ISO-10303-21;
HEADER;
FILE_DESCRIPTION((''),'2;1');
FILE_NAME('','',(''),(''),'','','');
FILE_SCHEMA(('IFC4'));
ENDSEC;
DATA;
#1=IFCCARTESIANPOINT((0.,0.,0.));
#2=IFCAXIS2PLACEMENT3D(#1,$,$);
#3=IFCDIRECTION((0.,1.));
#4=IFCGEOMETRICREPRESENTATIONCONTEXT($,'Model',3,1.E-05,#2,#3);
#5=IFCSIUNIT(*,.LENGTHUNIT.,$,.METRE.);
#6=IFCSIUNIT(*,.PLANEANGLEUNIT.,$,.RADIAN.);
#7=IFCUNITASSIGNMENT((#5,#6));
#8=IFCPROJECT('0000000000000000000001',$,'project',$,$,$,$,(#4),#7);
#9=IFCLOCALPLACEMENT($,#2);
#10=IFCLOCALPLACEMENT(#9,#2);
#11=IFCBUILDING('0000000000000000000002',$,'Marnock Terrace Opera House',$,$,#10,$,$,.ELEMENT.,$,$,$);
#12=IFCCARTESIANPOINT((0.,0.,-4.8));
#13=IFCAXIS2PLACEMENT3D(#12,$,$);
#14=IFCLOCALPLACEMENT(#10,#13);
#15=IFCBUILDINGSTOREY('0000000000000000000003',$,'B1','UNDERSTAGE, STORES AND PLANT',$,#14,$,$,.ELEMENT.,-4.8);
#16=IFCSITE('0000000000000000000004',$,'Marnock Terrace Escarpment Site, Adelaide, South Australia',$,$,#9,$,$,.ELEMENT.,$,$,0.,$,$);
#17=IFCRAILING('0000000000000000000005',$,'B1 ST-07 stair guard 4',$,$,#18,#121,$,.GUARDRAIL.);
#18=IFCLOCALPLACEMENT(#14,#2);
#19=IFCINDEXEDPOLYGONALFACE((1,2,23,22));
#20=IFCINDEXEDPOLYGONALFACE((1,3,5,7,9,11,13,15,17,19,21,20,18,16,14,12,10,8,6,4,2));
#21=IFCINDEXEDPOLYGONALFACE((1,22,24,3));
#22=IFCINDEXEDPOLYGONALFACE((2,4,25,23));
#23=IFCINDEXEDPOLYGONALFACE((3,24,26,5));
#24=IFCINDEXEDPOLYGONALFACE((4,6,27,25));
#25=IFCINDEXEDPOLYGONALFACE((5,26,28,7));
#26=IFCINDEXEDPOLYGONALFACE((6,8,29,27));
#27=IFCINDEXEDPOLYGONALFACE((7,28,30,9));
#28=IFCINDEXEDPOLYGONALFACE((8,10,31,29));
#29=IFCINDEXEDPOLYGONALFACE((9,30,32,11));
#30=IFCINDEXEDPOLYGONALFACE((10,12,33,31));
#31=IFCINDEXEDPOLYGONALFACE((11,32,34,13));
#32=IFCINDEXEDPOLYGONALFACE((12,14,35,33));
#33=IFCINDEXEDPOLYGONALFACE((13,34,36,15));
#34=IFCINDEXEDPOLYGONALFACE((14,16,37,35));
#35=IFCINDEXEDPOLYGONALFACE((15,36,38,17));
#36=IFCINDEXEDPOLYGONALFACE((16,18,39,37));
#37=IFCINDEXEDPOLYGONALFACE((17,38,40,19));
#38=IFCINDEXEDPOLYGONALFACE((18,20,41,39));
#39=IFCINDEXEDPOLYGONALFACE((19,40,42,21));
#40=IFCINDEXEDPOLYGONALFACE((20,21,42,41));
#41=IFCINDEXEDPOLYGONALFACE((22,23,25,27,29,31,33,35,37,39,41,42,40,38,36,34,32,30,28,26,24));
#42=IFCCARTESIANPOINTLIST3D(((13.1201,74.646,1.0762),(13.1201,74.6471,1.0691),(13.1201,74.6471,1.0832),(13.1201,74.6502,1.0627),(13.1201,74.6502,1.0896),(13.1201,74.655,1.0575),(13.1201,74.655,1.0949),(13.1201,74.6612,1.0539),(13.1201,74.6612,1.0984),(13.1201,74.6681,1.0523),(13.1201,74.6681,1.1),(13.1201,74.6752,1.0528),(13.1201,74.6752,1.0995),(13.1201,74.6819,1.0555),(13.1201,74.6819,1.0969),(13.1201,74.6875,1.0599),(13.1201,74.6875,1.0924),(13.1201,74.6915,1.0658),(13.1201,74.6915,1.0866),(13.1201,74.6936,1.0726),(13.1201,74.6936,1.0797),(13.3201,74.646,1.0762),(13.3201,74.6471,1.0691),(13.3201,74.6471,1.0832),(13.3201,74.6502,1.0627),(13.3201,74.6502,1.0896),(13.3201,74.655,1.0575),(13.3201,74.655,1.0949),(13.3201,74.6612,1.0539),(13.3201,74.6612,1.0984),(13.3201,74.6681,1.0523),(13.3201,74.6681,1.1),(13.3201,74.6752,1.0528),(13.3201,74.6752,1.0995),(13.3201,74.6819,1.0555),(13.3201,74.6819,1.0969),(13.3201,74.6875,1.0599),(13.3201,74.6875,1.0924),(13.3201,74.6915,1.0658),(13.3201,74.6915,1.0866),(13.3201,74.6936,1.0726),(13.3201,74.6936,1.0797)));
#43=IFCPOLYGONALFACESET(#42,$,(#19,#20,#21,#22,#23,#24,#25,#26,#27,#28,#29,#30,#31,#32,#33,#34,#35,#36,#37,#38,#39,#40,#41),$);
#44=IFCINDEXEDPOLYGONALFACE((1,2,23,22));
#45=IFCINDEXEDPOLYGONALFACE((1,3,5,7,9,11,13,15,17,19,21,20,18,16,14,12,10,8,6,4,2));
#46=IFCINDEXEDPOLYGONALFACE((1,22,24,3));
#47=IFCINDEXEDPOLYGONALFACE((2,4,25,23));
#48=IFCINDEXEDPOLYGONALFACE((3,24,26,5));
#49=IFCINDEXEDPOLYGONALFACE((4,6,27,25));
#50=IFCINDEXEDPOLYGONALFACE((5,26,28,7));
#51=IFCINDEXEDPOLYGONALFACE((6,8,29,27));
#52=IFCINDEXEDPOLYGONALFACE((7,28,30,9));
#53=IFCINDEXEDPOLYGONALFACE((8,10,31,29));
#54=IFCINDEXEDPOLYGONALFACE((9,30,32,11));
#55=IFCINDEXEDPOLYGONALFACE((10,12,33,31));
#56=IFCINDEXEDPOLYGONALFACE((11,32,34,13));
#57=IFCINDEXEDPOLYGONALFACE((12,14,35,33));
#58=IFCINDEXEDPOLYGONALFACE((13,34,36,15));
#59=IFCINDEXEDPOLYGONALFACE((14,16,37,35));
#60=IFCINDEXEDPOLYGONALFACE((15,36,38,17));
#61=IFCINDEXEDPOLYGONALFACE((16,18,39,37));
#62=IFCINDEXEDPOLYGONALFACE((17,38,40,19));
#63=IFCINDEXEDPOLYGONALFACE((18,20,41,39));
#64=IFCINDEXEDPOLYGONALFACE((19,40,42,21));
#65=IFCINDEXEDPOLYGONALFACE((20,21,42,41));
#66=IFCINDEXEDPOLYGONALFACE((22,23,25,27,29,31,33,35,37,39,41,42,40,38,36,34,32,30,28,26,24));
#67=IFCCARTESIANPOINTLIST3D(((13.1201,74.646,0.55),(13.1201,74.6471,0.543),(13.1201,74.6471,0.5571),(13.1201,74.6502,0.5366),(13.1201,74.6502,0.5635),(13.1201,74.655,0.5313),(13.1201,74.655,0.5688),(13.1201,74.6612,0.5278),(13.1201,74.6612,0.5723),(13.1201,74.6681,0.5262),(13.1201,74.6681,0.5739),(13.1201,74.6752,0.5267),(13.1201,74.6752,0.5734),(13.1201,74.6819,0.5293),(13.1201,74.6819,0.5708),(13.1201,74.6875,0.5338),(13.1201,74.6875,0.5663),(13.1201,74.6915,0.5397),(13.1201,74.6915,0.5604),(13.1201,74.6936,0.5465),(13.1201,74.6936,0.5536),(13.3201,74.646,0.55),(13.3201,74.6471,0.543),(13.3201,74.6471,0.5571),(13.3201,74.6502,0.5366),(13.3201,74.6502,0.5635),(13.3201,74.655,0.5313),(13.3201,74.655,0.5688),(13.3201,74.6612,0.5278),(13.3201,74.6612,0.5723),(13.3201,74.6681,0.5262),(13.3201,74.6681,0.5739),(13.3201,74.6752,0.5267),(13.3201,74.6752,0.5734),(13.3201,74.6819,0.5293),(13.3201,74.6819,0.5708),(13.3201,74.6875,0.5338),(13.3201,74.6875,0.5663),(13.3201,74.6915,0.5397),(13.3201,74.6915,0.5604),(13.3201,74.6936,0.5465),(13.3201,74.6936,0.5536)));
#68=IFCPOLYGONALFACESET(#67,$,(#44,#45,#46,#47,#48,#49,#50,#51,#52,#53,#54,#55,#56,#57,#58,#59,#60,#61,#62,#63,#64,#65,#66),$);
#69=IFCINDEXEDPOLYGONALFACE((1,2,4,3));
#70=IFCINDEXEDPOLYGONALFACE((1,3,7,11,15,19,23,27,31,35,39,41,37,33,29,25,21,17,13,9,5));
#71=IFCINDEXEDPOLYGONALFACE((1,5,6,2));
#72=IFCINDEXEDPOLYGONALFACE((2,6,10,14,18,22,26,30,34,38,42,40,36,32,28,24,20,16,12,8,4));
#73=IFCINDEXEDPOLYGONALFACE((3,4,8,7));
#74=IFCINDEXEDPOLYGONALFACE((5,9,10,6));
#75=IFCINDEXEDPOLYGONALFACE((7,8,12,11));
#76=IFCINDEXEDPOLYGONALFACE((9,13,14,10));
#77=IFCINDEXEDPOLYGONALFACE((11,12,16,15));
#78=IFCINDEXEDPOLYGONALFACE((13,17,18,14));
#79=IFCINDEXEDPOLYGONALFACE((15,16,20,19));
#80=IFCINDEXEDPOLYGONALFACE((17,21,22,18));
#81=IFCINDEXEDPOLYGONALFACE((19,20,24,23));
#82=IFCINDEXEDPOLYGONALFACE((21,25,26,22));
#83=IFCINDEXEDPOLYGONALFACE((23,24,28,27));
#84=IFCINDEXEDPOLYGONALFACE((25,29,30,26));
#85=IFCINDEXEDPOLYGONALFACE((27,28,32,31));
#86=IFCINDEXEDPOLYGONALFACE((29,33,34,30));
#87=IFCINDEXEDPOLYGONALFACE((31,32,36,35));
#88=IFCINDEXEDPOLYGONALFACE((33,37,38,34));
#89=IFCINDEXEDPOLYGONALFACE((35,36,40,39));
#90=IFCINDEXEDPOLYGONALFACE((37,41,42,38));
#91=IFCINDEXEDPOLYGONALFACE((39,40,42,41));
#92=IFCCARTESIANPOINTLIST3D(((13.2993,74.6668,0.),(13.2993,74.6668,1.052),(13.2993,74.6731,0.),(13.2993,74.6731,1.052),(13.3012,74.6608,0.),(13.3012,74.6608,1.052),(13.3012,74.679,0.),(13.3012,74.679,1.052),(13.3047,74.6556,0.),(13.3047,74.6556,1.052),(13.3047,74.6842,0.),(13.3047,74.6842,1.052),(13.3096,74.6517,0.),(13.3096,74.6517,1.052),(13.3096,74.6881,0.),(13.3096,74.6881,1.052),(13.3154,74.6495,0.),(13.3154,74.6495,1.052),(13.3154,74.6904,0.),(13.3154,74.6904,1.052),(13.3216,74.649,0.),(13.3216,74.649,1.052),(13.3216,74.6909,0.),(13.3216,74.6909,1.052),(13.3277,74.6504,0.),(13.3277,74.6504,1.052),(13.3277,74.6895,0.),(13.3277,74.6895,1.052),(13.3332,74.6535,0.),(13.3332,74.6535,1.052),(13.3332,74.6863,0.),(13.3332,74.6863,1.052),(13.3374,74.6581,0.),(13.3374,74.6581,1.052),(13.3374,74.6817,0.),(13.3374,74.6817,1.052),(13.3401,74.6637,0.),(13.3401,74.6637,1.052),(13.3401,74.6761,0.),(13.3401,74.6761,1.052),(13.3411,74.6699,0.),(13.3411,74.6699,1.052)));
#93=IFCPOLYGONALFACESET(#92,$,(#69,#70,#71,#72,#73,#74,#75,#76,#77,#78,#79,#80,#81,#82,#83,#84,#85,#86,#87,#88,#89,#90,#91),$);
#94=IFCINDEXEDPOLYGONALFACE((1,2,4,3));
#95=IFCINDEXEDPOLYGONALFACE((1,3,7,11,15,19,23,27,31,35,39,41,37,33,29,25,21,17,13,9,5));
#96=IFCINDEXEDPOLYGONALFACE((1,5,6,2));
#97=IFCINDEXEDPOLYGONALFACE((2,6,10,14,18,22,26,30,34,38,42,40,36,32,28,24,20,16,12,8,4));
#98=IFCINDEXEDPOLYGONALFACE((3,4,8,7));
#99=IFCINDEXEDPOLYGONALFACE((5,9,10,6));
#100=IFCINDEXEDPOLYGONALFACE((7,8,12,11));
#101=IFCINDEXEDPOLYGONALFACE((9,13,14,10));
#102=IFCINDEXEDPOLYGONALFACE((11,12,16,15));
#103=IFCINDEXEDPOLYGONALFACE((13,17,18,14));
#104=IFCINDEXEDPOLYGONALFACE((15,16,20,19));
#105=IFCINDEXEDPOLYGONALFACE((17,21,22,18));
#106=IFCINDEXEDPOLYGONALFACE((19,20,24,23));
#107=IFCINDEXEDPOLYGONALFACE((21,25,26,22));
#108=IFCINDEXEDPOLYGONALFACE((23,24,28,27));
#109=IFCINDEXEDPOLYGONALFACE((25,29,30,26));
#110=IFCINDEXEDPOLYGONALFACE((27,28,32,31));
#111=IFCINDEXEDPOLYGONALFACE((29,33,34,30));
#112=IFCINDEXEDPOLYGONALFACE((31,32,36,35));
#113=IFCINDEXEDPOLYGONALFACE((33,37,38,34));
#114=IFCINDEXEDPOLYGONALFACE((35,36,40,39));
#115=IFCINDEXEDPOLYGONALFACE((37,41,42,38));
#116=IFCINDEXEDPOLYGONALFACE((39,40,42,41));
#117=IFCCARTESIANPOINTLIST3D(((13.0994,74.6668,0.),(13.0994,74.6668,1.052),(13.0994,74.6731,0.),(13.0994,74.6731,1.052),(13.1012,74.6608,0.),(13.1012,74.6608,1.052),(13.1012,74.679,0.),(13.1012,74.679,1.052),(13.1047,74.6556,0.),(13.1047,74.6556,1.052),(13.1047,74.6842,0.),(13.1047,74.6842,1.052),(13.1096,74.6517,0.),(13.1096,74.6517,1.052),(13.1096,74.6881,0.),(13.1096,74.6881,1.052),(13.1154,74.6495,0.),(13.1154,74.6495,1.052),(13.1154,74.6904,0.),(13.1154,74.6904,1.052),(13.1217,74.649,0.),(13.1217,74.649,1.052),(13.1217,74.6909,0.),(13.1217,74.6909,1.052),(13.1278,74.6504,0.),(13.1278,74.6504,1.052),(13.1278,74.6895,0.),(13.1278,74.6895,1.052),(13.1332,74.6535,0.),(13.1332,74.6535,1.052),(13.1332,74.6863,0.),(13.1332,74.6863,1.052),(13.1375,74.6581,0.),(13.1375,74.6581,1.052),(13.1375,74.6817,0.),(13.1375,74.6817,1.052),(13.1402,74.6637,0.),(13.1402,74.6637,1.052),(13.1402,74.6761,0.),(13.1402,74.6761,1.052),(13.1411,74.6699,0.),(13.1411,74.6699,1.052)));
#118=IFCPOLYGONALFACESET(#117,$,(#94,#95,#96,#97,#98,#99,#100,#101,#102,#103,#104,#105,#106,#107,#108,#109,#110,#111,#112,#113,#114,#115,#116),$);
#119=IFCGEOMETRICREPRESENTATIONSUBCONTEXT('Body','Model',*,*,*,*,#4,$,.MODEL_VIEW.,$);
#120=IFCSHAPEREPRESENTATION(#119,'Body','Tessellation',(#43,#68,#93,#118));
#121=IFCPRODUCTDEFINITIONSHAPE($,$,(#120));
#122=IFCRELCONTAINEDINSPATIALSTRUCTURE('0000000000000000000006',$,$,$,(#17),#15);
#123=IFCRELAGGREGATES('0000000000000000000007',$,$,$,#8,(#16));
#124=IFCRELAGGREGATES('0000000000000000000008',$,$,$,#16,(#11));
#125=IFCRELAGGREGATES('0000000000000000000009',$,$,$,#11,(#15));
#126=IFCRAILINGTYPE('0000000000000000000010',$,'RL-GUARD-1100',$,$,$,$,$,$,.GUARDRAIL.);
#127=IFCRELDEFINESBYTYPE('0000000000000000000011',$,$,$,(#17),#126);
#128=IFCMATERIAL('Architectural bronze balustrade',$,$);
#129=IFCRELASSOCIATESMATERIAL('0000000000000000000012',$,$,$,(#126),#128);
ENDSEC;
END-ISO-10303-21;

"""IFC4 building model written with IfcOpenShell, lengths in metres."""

from ifc_helpers import new_model, si_unit, direction, frame, origin, origin_2d, place, context, subcontext, project, spatial, circle, extrude, material, type_object, element, save


model = new_model("IFC4")

# Units and contexts
model_context = context("Model", 3, precision=1e-05, world=origin(), true_north=direction((0.0, 1.0)))
body_context = subcontext(model_context, "Body", "Model", "MODEL_VIEW")
ifc_project = project(units=[si_unit("LENGTHUNIT", "METRE"), si_unit("PLANEANGLEUNIT", "RADIAN")], contexts=[model_context])

# Site, building, storey
site_placement = place(None, origin())
site = spatial("IfcSite", under=ifc_project, at=site_placement, Name="Marnock Terrace Escarpment Site, Adelaide, South Australia", CompositionType="ELEMENT", RefElevation=0.0)
building_placement = place(site_placement, origin())
building = spatial("IfcBuilding", under=site, at=building_placement, Name="Marnock Terrace Opera House", CompositionType="ELEMENT")
storey_placement = place(building_placement, frame((0.0, 0.0, -4.8)))
storey = spatial("IfcBuildingStorey", under=building, at=storey_placement, Name="B1", Description="UNDERSTAGE, STORES AND PLANT", CompositionType="ELEMENT", Elevation=-4.8)

# Railing
ifc_material_1 = material(Name="Architectural bronze balustrade")
railing_type_1 = type_object("IfcRailingType", Name="RL-GUARD-1100", PredefinedType="GUARDRAIL", material=ifc_material_1)
railing_1_placement = place(storey_placement, frame((13.3201, 74.6699, 0.0)))
element("IfcRailing", 1, at=railing_1_placement, inside=storey, type_object=railing_type_1, Name="B1 ST-07 stair guard 4", PredefinedType="GUARDRAIL", context=body_context, shape_type="SweptSolid", body=[
    extrude(circle(Radius=0.0239, at=origin_2d()), frame((0.0, 0.0, 1.0762), z_axis=(-1.0, 0.0, 0.0), x_axis=(0.0, -1.0, 0.0)), (0.0, 0.0, 1.0), 0.2),
    extrude(circle(Radius=0.0239, at=origin_2d()), frame((0.0, 0.0, 0.55), z_axis=(-1.0, 0.0, 0.0), x_axis=(0.0, -1.0, 0.0)), (0.0, 0.0, 1.0), 0.2),
    extrude(circle(Radius=0.021, at=origin_2d()), origin(), (0.0, 0.0, 1.0), 1.052),
    extrude(circle(Radius=0.021, at=origin_2d()), frame((-0.2, 0.0, 0.0)), (0.0, 0.0, 1.0), 1.052),
])

save(model, "model.ifc")
